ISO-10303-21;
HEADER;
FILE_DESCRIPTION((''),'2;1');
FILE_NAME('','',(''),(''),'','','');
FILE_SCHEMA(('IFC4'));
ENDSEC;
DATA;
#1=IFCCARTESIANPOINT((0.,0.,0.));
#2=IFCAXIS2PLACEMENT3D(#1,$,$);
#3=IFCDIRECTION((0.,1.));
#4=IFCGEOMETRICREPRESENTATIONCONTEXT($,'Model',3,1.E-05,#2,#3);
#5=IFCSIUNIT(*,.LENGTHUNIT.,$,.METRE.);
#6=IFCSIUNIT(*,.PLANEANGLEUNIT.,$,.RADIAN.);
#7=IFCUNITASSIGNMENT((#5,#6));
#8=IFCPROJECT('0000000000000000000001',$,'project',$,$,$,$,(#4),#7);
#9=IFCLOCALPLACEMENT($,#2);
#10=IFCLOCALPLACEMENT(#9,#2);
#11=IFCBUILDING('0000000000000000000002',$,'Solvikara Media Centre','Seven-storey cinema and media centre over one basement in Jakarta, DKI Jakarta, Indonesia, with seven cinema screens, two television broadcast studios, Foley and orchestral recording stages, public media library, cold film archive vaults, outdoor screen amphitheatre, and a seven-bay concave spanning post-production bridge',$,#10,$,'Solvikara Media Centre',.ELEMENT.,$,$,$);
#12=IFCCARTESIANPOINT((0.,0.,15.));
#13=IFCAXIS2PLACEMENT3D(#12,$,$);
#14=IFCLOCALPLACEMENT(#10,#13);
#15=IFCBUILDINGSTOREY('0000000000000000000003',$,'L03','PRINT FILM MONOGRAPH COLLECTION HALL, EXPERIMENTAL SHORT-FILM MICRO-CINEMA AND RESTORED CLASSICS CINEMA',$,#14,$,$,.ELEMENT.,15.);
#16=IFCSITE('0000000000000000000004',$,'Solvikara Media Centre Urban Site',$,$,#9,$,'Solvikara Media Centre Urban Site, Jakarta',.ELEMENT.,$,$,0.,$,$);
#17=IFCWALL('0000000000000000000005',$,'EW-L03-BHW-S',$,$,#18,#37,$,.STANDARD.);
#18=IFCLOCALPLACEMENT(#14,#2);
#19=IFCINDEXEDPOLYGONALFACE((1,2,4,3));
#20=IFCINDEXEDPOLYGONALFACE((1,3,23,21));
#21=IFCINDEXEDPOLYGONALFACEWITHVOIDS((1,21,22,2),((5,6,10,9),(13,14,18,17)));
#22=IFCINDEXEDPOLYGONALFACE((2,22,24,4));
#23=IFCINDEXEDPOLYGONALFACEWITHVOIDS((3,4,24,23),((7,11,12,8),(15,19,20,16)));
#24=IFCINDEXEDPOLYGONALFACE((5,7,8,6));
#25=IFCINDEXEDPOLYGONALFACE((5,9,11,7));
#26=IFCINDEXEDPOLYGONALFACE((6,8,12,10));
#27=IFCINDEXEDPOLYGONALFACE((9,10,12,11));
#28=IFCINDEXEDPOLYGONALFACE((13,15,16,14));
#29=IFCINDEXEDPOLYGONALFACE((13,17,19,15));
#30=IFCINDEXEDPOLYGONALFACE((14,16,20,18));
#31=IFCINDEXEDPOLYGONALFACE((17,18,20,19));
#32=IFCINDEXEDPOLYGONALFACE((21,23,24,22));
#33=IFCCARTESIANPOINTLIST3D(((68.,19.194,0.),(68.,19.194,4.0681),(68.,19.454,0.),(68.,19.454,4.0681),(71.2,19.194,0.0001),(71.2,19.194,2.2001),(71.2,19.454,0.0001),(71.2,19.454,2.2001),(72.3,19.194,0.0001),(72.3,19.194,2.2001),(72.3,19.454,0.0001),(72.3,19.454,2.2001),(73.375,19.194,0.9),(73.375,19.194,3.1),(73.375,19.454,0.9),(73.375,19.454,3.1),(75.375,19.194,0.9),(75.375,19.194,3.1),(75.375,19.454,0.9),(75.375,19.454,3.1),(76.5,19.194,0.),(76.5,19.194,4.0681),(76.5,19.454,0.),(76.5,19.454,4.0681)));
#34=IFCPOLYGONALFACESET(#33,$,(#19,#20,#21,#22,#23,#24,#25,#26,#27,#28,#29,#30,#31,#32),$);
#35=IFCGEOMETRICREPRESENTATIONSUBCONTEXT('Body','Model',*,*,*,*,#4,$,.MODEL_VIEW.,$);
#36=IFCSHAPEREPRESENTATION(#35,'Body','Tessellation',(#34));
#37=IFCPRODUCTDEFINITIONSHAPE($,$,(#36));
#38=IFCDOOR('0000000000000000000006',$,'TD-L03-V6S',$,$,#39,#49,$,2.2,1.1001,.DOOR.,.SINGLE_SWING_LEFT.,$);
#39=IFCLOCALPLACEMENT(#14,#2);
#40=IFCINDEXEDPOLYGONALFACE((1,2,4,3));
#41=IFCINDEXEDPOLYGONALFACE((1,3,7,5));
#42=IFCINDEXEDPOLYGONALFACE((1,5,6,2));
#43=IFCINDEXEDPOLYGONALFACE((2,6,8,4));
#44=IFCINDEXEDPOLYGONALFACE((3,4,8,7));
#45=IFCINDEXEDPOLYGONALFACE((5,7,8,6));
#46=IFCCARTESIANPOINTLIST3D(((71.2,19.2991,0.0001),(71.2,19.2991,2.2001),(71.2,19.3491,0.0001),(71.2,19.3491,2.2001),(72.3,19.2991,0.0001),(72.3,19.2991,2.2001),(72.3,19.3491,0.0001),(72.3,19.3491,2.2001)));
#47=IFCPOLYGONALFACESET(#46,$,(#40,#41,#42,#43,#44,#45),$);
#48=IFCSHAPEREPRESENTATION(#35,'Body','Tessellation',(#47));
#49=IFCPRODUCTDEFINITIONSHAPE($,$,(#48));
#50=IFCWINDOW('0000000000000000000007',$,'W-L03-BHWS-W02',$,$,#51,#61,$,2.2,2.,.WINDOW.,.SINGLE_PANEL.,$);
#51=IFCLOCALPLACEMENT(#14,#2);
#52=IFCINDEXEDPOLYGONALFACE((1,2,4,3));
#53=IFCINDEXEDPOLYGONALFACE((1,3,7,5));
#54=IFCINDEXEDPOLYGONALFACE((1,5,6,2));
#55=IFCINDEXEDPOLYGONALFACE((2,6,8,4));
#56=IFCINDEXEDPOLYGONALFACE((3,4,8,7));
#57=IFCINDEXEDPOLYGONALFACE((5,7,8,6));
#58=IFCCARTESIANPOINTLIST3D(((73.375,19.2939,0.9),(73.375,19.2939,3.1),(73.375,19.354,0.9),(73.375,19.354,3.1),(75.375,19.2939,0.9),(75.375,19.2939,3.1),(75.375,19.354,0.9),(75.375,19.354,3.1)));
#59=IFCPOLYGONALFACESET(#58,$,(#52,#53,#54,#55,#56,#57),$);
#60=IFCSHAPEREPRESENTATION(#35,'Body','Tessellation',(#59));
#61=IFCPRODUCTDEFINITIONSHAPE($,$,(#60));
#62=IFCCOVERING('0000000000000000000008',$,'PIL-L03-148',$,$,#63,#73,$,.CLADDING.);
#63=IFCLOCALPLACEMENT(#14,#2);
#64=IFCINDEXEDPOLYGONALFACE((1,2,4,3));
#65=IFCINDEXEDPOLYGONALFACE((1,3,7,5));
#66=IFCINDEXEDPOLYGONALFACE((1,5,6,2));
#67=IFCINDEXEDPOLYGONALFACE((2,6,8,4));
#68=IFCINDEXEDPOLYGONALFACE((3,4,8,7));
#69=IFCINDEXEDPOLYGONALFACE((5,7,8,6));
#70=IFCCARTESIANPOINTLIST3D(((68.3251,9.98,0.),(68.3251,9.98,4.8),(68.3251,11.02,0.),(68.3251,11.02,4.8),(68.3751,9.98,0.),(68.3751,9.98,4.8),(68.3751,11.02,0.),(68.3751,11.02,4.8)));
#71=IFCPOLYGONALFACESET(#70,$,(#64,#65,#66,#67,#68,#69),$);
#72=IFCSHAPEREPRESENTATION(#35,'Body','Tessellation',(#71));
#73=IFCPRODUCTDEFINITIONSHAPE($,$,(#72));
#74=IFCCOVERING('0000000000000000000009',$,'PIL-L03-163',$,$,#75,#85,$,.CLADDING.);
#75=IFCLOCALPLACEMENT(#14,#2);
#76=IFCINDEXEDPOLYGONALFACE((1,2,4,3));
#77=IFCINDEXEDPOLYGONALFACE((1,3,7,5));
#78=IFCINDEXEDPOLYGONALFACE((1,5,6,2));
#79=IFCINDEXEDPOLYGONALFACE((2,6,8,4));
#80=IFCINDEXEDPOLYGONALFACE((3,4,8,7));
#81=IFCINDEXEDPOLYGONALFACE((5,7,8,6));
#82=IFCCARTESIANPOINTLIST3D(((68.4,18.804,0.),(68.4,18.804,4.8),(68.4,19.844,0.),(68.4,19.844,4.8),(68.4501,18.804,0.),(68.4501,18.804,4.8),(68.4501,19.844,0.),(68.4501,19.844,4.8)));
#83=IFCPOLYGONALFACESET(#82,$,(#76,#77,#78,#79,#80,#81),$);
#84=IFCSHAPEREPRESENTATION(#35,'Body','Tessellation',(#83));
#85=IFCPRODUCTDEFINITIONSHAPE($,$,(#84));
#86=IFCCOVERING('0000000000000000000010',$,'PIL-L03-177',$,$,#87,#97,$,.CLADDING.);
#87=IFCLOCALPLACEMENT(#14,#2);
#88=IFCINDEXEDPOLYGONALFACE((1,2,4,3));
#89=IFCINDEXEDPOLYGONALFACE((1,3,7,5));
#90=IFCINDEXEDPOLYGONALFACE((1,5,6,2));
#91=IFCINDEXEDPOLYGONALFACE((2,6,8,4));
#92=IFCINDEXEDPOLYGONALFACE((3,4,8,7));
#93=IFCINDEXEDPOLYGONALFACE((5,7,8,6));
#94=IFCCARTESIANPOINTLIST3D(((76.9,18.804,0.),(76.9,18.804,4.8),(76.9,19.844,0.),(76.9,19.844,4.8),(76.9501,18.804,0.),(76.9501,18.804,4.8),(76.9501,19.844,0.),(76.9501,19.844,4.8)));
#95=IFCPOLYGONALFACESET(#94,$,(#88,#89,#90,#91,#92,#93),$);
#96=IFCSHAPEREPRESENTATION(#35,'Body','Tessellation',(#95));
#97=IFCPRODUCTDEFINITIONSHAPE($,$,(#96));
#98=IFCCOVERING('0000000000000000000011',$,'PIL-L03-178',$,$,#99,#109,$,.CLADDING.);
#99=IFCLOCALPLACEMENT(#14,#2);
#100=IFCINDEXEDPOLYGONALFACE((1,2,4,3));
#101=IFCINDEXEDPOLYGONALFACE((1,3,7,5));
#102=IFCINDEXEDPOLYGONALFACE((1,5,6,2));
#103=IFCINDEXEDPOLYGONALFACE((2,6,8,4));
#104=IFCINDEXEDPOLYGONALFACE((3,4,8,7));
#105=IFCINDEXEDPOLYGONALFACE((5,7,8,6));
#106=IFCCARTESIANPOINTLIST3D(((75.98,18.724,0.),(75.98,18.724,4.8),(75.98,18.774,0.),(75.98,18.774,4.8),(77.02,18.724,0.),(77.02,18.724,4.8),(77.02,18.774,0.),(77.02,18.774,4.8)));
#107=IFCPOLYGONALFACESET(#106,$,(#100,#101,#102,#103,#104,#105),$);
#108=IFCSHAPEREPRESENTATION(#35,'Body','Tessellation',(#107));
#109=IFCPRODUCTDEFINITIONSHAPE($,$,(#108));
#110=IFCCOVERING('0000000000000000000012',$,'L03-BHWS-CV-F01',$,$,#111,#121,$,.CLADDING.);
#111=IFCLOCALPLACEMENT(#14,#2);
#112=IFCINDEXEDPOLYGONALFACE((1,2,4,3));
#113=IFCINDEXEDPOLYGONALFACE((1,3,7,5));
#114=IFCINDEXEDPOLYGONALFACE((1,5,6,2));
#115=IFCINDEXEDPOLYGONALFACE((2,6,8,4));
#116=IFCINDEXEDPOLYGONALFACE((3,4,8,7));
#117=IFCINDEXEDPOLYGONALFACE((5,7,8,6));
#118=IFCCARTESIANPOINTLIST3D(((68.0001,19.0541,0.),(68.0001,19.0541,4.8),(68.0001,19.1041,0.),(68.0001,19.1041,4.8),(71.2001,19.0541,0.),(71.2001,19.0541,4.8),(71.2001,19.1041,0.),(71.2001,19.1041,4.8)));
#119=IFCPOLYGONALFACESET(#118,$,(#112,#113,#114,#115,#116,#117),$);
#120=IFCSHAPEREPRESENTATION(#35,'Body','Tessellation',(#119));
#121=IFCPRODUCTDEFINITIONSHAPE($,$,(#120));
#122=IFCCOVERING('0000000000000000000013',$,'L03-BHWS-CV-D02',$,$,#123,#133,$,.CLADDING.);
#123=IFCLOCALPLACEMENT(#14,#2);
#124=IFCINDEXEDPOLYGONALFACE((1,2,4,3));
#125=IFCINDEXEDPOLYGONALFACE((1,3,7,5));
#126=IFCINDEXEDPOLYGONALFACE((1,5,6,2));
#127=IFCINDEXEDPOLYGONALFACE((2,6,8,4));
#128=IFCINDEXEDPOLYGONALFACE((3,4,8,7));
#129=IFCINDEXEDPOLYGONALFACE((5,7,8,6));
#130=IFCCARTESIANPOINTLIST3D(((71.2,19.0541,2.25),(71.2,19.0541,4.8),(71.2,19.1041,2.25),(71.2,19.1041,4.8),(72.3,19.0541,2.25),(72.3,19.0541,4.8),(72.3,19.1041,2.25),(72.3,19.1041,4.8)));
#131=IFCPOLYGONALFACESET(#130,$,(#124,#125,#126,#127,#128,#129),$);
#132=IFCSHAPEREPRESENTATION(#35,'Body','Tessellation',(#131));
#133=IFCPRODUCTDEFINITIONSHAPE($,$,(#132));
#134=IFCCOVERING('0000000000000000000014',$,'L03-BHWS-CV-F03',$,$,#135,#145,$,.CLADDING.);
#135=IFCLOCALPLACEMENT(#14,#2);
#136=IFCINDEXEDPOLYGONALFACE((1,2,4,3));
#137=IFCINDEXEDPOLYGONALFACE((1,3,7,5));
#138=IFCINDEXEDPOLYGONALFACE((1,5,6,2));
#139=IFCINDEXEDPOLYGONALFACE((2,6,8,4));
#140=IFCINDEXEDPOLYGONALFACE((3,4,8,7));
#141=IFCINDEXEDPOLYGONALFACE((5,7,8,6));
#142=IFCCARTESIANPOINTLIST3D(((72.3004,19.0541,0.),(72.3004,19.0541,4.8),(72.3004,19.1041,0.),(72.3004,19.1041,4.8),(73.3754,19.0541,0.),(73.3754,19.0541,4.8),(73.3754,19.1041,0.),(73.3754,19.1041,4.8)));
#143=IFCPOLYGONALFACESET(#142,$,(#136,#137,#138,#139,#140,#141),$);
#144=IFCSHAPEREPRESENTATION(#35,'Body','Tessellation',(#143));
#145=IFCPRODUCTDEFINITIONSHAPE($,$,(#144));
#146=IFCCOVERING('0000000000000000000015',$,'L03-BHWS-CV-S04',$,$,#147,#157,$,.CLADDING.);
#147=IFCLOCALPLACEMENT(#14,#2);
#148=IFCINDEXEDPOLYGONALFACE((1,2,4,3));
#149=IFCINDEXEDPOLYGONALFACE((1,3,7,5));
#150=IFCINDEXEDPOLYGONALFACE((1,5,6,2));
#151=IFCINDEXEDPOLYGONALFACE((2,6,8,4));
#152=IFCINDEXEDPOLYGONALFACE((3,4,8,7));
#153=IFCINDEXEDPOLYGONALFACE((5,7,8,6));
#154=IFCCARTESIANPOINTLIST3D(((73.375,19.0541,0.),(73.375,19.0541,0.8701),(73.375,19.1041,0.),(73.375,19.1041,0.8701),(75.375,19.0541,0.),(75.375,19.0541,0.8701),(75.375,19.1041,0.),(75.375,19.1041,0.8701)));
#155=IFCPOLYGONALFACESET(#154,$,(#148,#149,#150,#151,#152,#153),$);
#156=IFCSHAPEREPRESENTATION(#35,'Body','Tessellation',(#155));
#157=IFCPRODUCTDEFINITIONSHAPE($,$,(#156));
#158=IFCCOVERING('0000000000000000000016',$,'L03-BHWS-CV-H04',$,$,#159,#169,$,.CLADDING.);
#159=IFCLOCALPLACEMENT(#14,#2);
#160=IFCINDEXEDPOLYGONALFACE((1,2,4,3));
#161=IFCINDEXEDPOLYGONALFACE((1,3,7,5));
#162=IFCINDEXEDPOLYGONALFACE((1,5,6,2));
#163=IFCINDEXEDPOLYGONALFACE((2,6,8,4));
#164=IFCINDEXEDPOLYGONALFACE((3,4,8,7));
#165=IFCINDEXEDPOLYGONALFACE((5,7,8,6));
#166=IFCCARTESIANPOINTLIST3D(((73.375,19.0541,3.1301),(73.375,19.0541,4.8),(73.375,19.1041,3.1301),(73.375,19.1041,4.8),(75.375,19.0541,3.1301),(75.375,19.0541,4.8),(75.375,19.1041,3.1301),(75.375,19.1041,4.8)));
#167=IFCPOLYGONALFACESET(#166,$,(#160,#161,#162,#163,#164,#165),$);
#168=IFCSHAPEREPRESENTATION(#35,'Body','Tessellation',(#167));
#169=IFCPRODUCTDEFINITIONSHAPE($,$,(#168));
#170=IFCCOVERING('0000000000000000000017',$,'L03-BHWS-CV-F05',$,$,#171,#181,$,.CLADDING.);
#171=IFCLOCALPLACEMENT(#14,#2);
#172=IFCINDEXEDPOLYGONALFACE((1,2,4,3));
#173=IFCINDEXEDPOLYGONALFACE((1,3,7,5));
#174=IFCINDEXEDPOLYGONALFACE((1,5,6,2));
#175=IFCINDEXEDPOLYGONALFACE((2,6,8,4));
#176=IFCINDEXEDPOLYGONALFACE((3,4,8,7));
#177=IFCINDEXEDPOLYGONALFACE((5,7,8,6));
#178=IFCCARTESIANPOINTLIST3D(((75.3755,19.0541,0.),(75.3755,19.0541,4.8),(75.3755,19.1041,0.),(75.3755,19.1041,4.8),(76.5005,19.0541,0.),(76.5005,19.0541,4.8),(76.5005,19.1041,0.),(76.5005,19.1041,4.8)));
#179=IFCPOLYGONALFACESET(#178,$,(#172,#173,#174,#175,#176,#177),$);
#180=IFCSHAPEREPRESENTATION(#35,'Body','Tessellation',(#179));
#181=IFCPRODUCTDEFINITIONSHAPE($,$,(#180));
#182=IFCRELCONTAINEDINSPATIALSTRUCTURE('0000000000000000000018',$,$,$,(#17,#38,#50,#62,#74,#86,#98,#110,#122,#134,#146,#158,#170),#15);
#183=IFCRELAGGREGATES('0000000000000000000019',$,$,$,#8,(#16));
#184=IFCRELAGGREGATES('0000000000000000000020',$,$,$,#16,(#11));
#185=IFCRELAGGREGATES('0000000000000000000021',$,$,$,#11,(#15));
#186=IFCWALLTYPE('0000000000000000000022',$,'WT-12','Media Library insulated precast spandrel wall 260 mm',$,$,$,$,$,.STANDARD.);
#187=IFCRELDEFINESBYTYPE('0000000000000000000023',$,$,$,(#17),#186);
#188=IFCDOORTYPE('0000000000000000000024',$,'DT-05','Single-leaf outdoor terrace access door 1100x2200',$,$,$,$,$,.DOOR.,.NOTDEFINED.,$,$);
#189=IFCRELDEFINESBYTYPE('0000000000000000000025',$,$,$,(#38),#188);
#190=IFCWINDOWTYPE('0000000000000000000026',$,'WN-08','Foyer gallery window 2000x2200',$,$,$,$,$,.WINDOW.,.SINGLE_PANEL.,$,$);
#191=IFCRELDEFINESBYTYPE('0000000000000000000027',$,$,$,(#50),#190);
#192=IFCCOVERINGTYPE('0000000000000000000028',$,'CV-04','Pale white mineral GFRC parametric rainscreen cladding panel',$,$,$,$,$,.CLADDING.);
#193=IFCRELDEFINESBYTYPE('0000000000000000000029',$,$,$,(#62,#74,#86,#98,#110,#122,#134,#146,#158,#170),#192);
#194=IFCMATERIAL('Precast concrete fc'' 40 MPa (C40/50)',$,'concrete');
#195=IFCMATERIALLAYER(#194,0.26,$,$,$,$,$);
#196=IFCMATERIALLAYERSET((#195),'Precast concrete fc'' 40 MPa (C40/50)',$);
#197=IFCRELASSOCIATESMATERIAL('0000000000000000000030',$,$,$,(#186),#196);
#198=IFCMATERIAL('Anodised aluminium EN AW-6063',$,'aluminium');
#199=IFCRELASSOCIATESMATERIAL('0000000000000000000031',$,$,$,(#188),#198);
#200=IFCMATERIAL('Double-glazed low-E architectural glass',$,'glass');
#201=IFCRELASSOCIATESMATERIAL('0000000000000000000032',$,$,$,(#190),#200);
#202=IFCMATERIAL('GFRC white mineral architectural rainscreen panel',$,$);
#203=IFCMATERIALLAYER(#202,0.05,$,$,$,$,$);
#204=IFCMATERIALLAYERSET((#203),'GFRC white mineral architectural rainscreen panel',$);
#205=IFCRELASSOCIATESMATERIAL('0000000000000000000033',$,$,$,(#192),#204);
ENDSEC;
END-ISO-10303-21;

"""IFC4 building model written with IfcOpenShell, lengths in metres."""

from ifc_helpers import new_model, si_unit, direction, frame, frame_2d, origin, origin_2d, place, context, subcontext, project, spatial, rectangle, extrude, material, layer, layer_set, type_object, element, fill, save


model = new_model("IFC4")

# Units and contexts
model_context = context("Model", 3, precision=1e-05, world=origin(), true_north=direction((0.0, 1.0)))
body_context = subcontext(model_context, "Body", "Model", "MODEL_VIEW")
ifc_project = project(units=[si_unit("LENGTHUNIT", "METRE"), si_unit("PLANEANGLEUNIT", "RADIAN")], contexts=[model_context])

# Site, building, storey
site_placement = place(None, origin())
site = spatial("IfcSite", under=ifc_project, at=site_placement, Name="Solvikara Media Centre Urban Site", LongName="Solvikara Media Centre Urban Site, Jakarta", CompositionType="ELEMENT", RefElevation=0.0)
building_placement = place(site_placement, origin())
building = spatial("IfcBuilding", under=site, at=building_placement, Name="Solvikara Media Centre", Description="Seven-storey cinema and media centre over one basement in Jakarta, DKI Jakarta, Indonesia, with seven cinema screens, two television broadcast studios, Foley and orchestral recording stages, public media library, cold film archive vaults, outdoor screen amphitheatre, and a seven-bay concave spanning post-production bridge", LongName="Solvikara Media Centre", CompositionType="ELEMENT")
storey_placement = place(building_placement, frame((0.0, 0.0, 15.0)))
storey = spatial("IfcBuildingStorey", under=building, at=storey_placement, Name="L03", Description="PRINT FILM MONOGRAPH COLLECTION HALL, EXPERIMENTAL SHORT-FILM MICRO-CINEMA AND RESTORED CLASSICS CINEMA", CompositionType="ELEMENT", Elevation=15.0)

# Wall, openings, door, window
ifc_material_1 = material(Name="Precast concrete fc' 40 MPa (C40/50)", Category="concrete")
ifc_layer_1 = layer(ifc_material_1, 0.26)
ifc_layer_set_1 = layer_set([ifc_layer_1], Name="Precast concrete fc' 40 MPa (C40/50)")
wall_type = type_object("IfcWallType", Name="WT-12", Description="Media Library insulated precast spandrel wall 260 mm", PredefinedType="STANDARD", material=ifc_layer_set_1)
wall_placement = place(storey_placement, frame((68.0, 19.324, 0.0), z_axis=(0.0, 0.0, 1.0), x_axis=(1.0, 0.0, 0.0)))
wall = element("IfcWall", 1, at=wall_placement, inside=storey, type_object=wall_type, Name="EW-L03-BHW-S", PredefinedType="STANDARD", context=body_context, shape_type="SweptSolid", body=[
    extrude(rectangle(XDim=8.5, YDim=0.26, at=frame_2d((4.25, 0.0))), origin(), (0.0, 0.0, 1.0), 4.0681),
])
opening_1_placement = place(wall_placement, frame((3.2, 0.0, 0.0)))
opening_1 = element("IfcOpeningElement", 2, at=opening_1_placement, cuts=wall, PredefinedType="OPENING", context=body_context, shape_type="SweptSolid", body=[
    extrude(rectangle(XDim=1.1001, YDim=2.2, at=frame_2d((0.55, 1.1001))), frame((0.0, 0.1421, 0.0), z_axis=(0.0, -1.0, 0.0), x_axis=(1.0, 0.0, 0.0)), (0.0, 0.0, 1.0), 0.2839),
])
opening_2_placement = place(wall_placement, frame((5.375, 0.0, 0.8999)))
opening_2 = element("IfcOpeningElement", 3, at=opening_2_placement, cuts=wall, PredefinedType="OPENING", context=body_context, shape_type="SweptSolid", body=[
    extrude(rectangle(XDim=2.0, YDim=2.2, at=frame_2d((1.0, 1.1001))), frame((0.0, 0.1421, 0.0), z_axis=(0.0, -1.0, 0.0), x_axis=(1.0, 0.0, 0.0)), (0.0, 0.0, 1.0), 0.2839),
])
ifc_material_2 = material(Name="Anodised aluminium EN AW-6063", Category="aluminium")
door_type = type_object("IfcDoorType", Name="DT-05", Description="Single-leaf outdoor terrace access door 1100x2200", OperationType="NOTDEFINED", PredefinedType="DOOR", material=ifc_material_2)
door_placement = place(opening_1_placement, frame((1.1001, 0.0, 0.0), z_axis=(0.0, 0.0, 1.0), x_axis=(-1.0, 0.0, 0.0)))
door = element("IfcDoor", 4, at=door_placement, inside=storey, type_object=door_type, Name="TD-L03-V6S", OperationType="SINGLE_SWING_LEFT", OverallHeight=2.2, OverallWidth=1.1001, PredefinedType="DOOR", context=body_context, shape_type="SweptSolid", body=[
    extrude(rectangle(XDim=1.1001, YDim=2.2, at=frame_2d((0.55, 1.1001))), frame((0.0, 0.0249, 0.0), z_axis=(0.0, -1.0, 0.0), x_axis=(1.0, 0.0, 0.0)), (0.0, 0.0, 1.0), 0.05),
])
fill(opening_1, door)
ifc_material_3 = material(Name="Double-glazed low-E architectural glass", Category="glass")
window_type = type_object("IfcWindowType", Name="WN-08", Description="Foyer gallery window 2000x2200", PartitioningType="SINGLE_PANEL", PredefinedType="WINDOW", material=ifc_material_3)
window_placement = place(opening_2_placement, origin())
window = element("IfcWindow", 5, at=window_placement, inside=storey, type_object=window_type, Name="W-L03-BHWS-W02", OverallHeight=2.2, OverallWidth=2.0, PartitioningType="SINGLE_PANEL", PredefinedType="WINDOW", context=body_context, shape_type="SweptSolid", body=[
    extrude(rectangle(XDim=2.0, YDim=2.2, at=frame_2d((1.0, 1.1001))), frame((0.0, 0.03, 0.0), z_axis=(0.0, -1.0, 0.0), x_axis=(1.0, 0.0, 0.0)), (0.0, 0.0, 1.0), 0.0601),
])
fill(opening_2, window)

# Coverings
ifc_material_4 = material(Name="GFRC white mineral architectural rainscreen panel")
ifc_layer_2 = layer(ifc_material_4, 0.05)
ifc_layer_set_2 = layer_set([ifc_layer_2], Name="GFRC white mineral architectural rainscreen panel")
covering_type = type_object("IfcCoveringType", Name="CV-04", Description="Pale white mineral GFRC parametric rainscreen cladding panel", PredefinedType="CLADDING", material=ifc_layer_set_2)
for number, where, z_axis, x_axis, name in (
    (6, (68.3501, 10.5, 0.0), (0.0, 0.0, 1.0), (0.0, 1.0, 0.0), "PIL-L03-148"),
    (7, (68.425, 19.324, 0.0), (0.0, 0.0, 1.0), (0.0, 1.0, 0.0), "PIL-L03-163"),
    (8, (76.925, 19.324, 0.0), (0.0, 0.0, 1.0), (0.0, 1.0, 0.0), "PIL-L03-177"),
    (9, (76.5, 18.749, 0.0), (0.0, 0.0, 1.0), (1.0, 0.0, 0.0), "PIL-L03-178"),
):
    element("IfcCovering", number, at=place(storey_placement, frame(where, z_axis=z_axis, x_axis=x_axis)), inside=storey, type_object=covering_type, Name=name, PredefinedType="CLADDING", context=body_context, shape_type="SweptSolid", body=[
        extrude(rectangle(XDim=1.04, YDim=0.05, at=origin_2d()), origin(), (0.0, 0.0, 1.0), 4.8),
    ])
covering_1_placement = place(storey_placement, frame((69.6001, 19.0791, 0.0), z_axis=(0.0, 0.0, 1.0), x_axis=(1.0, 0.0, 0.0)))
element("IfcCovering", 10, at=covering_1_placement, inside=storey, type_object=covering_type, Name="L03-BHWS-CV-F01", PredefinedType="CLADDING", context=body_context, shape_type="SweptSolid", body=[
    extrude(rectangle(XDim=3.2, YDim=0.05, at=origin_2d()), origin(), (0.0, 0.0, 1.0), 4.8),
])
covering_2_placement = place(storey_placement, frame((71.75, 19.0791, 2.25), z_axis=(0.0, 0.0, 1.0), x_axis=(1.0, 0.0, 0.0)))
element("IfcCovering", 11, at=covering_2_placement, inside=storey, type_object=covering_type, Name="L03-BHWS-CV-D02", PredefinedType="CLADDING", context=body_context, shape_type="SweptSolid", body=[
    extrude(rectangle(XDim=1.1001, YDim=0.05, at=origin_2d()), origin(), (0.0, 0.0, 1.0), 2.55),
])
covering_3_placement = place(storey_placement, frame((72.8379, 19.0791, 0.0), z_axis=(0.0, 0.0, 1.0), x_axis=(1.0, 0.0, 0.0)))
element("IfcCovering", 12, at=covering_3_placement, inside=storey, type_object=covering_type, Name="L03-BHWS-CV-F03", PredefinedType="CLADDING", context=body_context, shape_type="SweptSolid", body=[
    extrude(rectangle(XDim=1.075, YDim=0.05, at=origin_2d()), origin(), (0.0, 0.0, 1.0), 4.8),
])
covering_4_placement = place(storey_placement, frame((74.375, 19.0791, 0.0), z_axis=(0.0, 0.0, 1.0), x_axis=(1.0, 0.0, 0.0)))
element("IfcCovering", 13, at=covering_4_placement, inside=storey, type_object=covering_type, Name="L03-BHWS-CV-S04", PredefinedType="CLADDING", context=body_context, shape_type="SweptSolid", body=[
    extrude(rectangle(XDim=2.0, YDim=0.05, at=origin_2d()), origin(), (0.0, 0.0, 1.0), 0.8701),
])
covering_5_placement = place(storey_placement, frame((74.375, 19.0791, 3.1301), z_axis=(0.0, 0.0, 1.0), x_axis=(1.0, 0.0, 0.0)))
element("IfcCovering", 14, at=covering_5_placement, inside=storey, type_object=covering_type, Name="L03-BHWS-CV-H04", PredefinedType="CLADDING", context=body_context, shape_type="SweptSolid", body=[
    extrude(rectangle(XDim=2.0, YDim=0.05, at=origin_2d()), origin(), (0.0, 0.0, 1.0), 1.6699),
])
covering_6_placement = place(storey_placement, frame((75.938, 19.0791, 0.0), z_axis=(0.0, 0.0, 1.0), x_axis=(1.0, 0.0, 0.0)))
element("IfcCovering", 15, at=covering_6_placement, inside=storey, type_object=covering_type, Name="L03-BHWS-CV-F05", PredefinedType="CLADDING", context=body_context, shape_type="SweptSolid", body=[
    extrude(rectangle(XDim=1.125, YDim=0.05, at=origin_2d()), origin(), (0.0, 0.0, 1.0), 4.8),
])

save(model, "model.ifc")
